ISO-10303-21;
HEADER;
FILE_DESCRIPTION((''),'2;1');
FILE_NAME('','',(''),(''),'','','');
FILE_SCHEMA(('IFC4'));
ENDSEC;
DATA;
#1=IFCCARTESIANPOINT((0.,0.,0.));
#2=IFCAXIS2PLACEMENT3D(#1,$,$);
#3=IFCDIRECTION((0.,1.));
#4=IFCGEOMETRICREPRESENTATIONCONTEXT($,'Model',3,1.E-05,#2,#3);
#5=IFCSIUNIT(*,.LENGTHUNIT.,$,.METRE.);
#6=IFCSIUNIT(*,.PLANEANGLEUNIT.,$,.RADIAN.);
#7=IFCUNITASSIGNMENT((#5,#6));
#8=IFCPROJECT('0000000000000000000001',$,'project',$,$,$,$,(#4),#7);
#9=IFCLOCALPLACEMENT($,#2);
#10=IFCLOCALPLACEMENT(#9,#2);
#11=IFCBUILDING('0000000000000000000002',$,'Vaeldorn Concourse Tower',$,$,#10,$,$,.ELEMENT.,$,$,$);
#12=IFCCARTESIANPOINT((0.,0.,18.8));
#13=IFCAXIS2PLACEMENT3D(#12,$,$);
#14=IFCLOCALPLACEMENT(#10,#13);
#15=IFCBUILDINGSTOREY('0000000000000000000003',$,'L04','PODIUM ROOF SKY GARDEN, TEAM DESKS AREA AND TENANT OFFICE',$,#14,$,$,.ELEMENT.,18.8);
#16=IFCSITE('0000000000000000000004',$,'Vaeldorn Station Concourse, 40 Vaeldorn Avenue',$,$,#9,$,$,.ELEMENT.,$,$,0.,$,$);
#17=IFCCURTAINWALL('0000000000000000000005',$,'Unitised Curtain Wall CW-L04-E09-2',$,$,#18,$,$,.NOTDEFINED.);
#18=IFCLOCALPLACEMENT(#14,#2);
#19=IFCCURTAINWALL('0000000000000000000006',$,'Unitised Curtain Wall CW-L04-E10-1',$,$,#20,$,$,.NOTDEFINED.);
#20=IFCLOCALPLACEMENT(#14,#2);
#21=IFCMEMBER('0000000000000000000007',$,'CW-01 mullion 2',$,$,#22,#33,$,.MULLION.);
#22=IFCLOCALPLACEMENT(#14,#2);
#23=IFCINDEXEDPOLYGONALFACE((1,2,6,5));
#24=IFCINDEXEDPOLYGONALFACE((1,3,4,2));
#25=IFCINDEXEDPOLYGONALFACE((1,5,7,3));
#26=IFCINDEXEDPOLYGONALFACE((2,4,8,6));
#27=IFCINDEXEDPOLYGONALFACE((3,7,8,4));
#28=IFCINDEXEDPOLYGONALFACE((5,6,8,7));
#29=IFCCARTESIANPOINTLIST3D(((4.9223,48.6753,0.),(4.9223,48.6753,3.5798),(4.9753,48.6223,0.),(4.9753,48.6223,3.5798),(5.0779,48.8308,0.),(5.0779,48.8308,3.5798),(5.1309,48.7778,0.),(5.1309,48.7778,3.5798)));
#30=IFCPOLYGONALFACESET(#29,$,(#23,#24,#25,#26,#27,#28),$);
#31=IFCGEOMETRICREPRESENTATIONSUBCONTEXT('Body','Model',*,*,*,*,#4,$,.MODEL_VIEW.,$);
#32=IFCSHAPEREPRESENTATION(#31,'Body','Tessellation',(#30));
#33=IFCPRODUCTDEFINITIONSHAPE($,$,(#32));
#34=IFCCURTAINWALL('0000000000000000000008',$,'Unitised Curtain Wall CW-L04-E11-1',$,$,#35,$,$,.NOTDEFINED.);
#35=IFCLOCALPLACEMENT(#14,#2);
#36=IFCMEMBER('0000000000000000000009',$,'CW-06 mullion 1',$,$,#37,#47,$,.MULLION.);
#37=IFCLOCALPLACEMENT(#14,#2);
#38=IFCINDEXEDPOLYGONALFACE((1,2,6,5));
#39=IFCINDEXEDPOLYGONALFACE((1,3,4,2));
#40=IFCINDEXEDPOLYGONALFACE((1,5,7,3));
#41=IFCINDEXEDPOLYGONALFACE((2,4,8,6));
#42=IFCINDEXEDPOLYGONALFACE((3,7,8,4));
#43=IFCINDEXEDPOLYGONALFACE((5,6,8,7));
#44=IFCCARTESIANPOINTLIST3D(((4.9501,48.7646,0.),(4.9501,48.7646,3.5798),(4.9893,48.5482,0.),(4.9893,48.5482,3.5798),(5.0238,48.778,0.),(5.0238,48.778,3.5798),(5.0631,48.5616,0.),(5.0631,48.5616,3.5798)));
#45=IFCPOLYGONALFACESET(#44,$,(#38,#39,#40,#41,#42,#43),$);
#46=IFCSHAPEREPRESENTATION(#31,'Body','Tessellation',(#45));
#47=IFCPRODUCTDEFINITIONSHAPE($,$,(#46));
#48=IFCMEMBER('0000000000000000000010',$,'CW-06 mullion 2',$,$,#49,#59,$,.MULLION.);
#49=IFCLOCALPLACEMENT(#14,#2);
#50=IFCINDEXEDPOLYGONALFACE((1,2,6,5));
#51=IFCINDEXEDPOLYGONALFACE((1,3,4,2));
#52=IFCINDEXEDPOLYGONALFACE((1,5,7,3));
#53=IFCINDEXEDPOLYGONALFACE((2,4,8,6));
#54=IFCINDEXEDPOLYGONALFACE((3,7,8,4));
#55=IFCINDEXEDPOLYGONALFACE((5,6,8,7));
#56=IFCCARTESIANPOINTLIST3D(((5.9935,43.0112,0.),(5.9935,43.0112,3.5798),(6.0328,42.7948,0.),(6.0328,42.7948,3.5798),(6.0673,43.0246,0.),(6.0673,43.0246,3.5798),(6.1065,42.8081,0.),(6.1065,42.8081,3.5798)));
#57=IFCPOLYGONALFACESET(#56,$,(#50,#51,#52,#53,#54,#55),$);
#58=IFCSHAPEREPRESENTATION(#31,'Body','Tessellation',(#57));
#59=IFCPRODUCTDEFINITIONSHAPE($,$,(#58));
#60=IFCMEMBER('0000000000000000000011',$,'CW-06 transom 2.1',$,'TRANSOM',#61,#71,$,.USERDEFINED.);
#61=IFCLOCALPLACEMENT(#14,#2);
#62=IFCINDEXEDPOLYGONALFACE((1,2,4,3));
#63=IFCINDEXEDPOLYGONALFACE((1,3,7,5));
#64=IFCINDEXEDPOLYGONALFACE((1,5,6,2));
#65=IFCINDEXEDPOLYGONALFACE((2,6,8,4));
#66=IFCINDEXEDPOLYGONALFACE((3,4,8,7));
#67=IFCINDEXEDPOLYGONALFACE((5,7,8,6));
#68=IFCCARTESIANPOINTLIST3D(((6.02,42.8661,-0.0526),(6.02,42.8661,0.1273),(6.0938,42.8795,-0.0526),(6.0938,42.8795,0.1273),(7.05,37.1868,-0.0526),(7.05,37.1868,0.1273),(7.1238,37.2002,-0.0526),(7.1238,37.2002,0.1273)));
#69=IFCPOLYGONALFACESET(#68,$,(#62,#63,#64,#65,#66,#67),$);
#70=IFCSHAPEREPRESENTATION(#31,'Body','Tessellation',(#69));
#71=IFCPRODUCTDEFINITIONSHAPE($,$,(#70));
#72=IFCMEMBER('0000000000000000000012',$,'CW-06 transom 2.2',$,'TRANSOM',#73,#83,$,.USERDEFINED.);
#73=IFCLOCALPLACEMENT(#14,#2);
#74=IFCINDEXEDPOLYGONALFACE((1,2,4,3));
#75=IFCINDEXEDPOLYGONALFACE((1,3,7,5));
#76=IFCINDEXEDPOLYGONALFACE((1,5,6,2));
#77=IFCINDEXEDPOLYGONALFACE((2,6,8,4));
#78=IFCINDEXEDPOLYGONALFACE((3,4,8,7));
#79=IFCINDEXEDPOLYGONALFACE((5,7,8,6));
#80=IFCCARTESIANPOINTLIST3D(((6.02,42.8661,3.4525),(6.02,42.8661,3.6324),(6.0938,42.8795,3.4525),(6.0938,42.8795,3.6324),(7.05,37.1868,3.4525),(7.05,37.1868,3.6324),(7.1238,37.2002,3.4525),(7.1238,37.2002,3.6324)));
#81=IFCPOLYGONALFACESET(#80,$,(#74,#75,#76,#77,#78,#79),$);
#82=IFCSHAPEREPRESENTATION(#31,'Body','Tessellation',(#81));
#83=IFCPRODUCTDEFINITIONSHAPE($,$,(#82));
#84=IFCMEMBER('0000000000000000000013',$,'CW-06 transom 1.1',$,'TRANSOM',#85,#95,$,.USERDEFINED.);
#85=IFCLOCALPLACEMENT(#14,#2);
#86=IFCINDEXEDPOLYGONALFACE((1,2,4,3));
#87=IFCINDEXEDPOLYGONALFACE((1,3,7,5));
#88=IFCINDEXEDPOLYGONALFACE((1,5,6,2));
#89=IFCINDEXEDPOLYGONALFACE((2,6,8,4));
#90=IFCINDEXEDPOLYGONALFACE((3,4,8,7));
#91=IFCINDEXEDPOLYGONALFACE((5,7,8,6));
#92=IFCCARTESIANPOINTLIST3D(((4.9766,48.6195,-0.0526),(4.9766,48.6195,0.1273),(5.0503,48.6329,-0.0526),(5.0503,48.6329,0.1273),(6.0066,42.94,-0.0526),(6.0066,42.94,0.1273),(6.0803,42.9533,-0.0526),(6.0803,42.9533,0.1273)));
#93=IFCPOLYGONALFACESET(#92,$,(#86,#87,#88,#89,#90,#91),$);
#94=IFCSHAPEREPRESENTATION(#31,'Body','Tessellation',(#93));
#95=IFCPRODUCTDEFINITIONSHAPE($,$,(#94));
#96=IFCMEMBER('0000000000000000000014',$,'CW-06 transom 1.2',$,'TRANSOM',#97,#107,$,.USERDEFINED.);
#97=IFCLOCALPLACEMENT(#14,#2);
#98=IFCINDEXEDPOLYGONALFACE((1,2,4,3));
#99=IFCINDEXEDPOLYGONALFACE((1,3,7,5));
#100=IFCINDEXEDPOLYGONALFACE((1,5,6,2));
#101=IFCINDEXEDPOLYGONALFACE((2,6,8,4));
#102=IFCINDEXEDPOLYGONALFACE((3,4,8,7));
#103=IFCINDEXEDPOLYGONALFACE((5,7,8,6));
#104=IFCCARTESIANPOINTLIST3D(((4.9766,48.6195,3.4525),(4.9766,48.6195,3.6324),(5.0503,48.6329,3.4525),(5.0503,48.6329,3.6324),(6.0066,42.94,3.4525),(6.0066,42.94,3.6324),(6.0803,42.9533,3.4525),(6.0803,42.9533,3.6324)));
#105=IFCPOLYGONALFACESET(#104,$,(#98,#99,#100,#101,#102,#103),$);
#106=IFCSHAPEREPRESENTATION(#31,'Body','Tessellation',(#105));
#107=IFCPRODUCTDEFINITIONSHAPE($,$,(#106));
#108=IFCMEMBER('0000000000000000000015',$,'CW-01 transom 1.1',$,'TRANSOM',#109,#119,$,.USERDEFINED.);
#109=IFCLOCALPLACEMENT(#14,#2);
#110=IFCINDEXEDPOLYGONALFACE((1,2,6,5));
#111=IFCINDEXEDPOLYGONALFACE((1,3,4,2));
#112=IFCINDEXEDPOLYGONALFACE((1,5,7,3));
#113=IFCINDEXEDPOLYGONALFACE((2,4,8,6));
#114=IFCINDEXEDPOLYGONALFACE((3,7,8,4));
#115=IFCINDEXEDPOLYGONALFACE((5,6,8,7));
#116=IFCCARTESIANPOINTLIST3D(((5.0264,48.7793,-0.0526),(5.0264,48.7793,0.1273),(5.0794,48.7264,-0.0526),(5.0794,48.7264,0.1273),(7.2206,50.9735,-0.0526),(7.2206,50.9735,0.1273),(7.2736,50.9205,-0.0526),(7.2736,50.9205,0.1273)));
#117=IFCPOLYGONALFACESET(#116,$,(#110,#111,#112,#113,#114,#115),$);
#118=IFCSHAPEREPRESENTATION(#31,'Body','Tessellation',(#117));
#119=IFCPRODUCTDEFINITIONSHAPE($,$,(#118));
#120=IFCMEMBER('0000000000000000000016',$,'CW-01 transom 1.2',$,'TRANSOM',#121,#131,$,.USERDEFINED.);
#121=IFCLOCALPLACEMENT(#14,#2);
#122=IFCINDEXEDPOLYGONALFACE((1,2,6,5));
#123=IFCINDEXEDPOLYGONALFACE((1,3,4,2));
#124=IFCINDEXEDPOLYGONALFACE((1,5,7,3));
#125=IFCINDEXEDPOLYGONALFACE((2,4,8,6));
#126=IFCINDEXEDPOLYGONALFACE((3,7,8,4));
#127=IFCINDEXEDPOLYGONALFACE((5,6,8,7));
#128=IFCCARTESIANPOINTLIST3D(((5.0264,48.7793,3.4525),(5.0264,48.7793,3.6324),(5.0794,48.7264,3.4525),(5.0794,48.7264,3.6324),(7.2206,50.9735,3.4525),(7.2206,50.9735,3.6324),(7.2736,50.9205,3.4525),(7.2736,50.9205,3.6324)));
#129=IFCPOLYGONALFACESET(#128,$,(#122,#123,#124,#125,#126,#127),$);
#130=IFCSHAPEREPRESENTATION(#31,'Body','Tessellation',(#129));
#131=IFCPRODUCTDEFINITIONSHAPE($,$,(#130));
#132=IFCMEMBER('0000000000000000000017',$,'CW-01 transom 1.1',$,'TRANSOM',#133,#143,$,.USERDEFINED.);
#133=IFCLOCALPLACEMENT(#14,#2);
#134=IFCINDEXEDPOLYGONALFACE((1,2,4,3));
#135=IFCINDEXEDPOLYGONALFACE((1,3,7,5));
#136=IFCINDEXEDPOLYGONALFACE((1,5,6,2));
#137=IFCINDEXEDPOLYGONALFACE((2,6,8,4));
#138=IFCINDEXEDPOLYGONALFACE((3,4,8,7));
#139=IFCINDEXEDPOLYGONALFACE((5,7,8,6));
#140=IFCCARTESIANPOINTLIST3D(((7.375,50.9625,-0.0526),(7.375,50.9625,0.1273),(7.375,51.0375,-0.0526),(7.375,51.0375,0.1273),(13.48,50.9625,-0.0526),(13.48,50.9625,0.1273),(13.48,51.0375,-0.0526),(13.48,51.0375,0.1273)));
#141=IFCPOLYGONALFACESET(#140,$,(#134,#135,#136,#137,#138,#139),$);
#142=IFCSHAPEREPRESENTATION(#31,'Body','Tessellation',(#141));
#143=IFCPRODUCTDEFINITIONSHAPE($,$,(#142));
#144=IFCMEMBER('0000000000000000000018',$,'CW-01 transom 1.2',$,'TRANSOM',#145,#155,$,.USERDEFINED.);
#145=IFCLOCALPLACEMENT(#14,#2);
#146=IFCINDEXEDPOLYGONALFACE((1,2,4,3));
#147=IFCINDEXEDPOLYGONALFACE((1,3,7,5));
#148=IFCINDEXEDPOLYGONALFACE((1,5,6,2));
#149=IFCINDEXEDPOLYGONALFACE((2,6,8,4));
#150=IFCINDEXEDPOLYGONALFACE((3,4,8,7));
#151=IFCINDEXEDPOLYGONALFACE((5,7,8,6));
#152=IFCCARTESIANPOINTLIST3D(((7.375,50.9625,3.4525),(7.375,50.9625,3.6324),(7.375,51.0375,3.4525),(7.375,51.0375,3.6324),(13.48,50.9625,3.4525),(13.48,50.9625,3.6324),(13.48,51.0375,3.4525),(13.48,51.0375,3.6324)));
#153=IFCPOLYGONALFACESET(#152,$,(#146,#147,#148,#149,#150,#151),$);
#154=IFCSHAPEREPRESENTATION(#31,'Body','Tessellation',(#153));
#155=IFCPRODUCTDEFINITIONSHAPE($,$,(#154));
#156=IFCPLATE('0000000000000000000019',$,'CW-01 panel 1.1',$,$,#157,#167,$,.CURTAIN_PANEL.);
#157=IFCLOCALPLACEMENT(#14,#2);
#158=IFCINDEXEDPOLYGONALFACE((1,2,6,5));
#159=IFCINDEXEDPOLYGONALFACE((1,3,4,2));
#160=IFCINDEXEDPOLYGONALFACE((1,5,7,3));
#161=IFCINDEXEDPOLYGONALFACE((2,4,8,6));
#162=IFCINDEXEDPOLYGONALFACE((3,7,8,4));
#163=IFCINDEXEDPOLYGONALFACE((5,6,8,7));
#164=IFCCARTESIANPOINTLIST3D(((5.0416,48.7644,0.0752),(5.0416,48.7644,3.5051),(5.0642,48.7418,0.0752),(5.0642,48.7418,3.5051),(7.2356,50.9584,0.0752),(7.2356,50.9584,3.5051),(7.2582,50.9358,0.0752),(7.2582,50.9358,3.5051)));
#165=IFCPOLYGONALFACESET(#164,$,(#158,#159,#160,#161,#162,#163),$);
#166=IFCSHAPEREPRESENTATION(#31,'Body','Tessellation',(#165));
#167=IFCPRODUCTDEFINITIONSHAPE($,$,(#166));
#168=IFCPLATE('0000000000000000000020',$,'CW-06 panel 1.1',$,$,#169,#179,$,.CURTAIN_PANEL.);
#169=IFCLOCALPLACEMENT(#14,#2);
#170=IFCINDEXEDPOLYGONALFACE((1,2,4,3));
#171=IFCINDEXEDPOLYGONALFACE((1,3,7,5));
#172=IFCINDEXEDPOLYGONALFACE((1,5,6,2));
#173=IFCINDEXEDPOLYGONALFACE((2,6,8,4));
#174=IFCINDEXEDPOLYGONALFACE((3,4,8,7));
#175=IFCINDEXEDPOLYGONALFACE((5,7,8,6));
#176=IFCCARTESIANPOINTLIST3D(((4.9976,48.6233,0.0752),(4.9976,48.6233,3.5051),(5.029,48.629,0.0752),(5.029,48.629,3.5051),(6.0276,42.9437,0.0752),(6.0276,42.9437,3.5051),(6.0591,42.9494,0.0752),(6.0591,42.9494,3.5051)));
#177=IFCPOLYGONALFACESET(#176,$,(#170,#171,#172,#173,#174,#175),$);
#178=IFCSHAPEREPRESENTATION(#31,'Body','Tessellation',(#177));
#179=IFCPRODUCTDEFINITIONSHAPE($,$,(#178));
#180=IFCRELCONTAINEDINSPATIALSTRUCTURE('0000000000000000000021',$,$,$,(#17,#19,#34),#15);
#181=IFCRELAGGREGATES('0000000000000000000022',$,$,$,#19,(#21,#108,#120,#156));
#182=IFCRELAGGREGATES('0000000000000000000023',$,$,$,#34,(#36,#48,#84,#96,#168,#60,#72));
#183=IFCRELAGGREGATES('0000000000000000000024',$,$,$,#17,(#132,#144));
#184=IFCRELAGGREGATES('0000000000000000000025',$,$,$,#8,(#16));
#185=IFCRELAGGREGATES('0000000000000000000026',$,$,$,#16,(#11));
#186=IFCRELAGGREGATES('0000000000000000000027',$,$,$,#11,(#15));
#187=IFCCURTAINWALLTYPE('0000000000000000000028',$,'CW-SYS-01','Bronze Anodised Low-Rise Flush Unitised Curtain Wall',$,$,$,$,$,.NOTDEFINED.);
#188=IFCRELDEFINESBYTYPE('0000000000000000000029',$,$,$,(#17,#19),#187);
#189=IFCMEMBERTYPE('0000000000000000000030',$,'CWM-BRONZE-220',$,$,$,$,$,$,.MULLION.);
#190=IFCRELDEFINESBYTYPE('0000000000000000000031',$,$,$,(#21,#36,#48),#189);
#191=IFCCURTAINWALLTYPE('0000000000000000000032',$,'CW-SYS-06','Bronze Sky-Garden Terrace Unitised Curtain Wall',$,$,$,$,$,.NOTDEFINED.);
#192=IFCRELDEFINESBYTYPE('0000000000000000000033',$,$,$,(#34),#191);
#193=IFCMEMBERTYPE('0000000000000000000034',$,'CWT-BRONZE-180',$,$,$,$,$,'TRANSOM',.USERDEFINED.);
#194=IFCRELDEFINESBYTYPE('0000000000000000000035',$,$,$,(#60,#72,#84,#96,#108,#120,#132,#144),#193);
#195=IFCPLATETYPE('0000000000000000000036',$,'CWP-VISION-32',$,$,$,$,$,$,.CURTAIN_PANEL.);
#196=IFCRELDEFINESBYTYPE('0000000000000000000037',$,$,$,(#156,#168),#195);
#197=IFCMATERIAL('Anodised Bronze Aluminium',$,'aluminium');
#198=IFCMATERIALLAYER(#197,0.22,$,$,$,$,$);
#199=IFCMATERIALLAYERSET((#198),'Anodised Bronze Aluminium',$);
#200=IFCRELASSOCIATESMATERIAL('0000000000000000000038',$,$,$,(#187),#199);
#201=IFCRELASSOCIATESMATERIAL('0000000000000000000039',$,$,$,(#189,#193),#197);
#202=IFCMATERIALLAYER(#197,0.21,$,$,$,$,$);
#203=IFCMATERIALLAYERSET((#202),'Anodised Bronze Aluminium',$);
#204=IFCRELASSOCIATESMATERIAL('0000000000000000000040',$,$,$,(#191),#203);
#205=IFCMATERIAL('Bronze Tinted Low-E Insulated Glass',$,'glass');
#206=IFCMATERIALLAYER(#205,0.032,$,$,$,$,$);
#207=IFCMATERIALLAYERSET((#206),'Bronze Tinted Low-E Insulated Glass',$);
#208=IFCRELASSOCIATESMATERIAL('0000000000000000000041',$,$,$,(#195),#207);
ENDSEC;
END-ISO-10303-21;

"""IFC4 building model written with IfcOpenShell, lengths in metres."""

from ifc_helpers import new_model, si_unit, direction, frame, origin, origin_2d, place, context, subcontext, project, spatial, rectangle, extrude, source, transform, mapped, material, layer, layer_set, material_profile, profile_set, type_object, element, aggregate, save


model = new_model("IFC4")

# Units and contexts
model_context = context("Model", 3, precision=1e-05, world=origin(), true_north=direction((0.0, 1.0)))
body_context = subcontext(model_context, "Body", "Model", "MODEL_VIEW")
ifc_project = project(units=[si_unit("LENGTHUNIT", "METRE"), si_unit("PLANEANGLEUNIT", "RADIAN")], contexts=[model_context])

# Site, building, storey
site_placement = place(None, origin())
site = spatial("IfcSite", under=ifc_project, at=site_placement, Name="Vaeldorn Station Concourse, 40 Vaeldorn Avenue", CompositionType="ELEMENT", RefElevation=0.0)
building_placement = place(site_placement, origin())
building = spatial("IfcBuilding", under=site, at=building_placement, Name="Vaeldorn Concourse Tower", CompositionType="ELEMENT")
storey_placement = place(building_placement, frame((0.0, 0.0, 18.8)))
storey = spatial("IfcBuildingStorey", under=building, at=storey_placement, Name="L04", Description="PODIUM ROOF SKY GARDEN, TEAM DESKS AREA AND TENANT OFFICE", CompositionType="ELEMENT", Elevation=18.8)

# Curtain walls, members
ifc_material_1 = material(Name="Anodised Bronze Aluminium", Category="aluminium")
ifc_layer_1 = layer(ifc_material_1, 0.22)
ifc_layer_set_1 = layer_set([ifc_layer_1], Name="Anodised Bronze Aluminium")
curtain_wall_type_1 = type_object("IfcCurtainWallType", Name="CW-SYS-01", Description="Bronze Anodised Low-Rise Flush Unitised Curtain Wall", PredefinedType="NOTDEFINED", material=ifc_layer_set_1)
curtain_wall_1_placement = place(storey_placement, origin())
curtain_wall_1 = element("IfcCurtainWall", 1, at=curtain_wall_1_placement, inside=storey, type_object=curtain_wall_type_1, Name="Unitised Curtain Wall CW-L04-E09-2", PredefinedType="NOTDEFINED")
ifc_material_profile_1 = material_profile(ifc_material_1, rectangle(XDim=0.075, YDim=0.22, at=origin_2d()), Name="CWM 75x220")
ifc_profile_set_1 = profile_set([ifc_material_profile_1], Name="Anodised Bronze Aluminium")
member_type_1 = type_object("IfcMemberType", Name="CWM-BRONZE-220", PredefinedType="MULLION", material=ifc_profile_set_1)
shared_shape_1 = source(origin(), body_context, "Body", "SweptSolid", [
    extrude(rectangle(XDim=0.075, YDim=0.22, at=origin_2d()), origin(), (0.0, 0.0, 1.0), 3.5798),
])
curtain_wall_2_placement = place(storey_placement, origin())
curtain_wall_2 = element("IfcCurtainWall", 2, at=curtain_wall_2_placement, inside=storey, type_object=curtain_wall_type_1, Name="Unitised Curtain Wall CW-L04-E10-1", PredefinedType="NOTDEFINED")
member_1_placement = place(storey_placement, frame((5.0266, 48.7266, 0.0), z_axis=(0.0, 0.0, 1.0), x_axis=(0.707107, -0.707107, 0.0)))
member_1 = element("IfcMember", 3, at=member_1_placement, type_object=member_type_1, Name="CW-01 mullion 2", PredefinedType="MULLION", context=body_context, shape_type="MappedRepresentation", body=[
    mapped(shared_shape_1, transform((0.0, 0.0, 0.0), scale=1.0)),
])
ifc_layer_2 = layer(ifc_material_1, 0.21)
ifc_layer_set_2 = layer_set([ifc_layer_2], Name="Anodised Bronze Aluminium")
curtain_wall_type_2 = type_object("IfcCurtainWallType", Name="CW-SYS-06", Description="Bronze Sky-Garden Terrace Unitised Curtain Wall", PredefinedType="NOTDEFINED", material=ifc_layer_set_2)
curtain_wall_3_placement = place(storey_placement, origin())
curtain_wall_3 = element("IfcCurtainWall", 4, at=curtain_wall_3_placement, inside=storey, type_object=curtain_wall_type_2, Name="Unitised Curtain Wall CW-L04-E11-1", PredefinedType="NOTDEFINED")
member_2_placement = place(storey_placement, frame((5.0066, 48.6631, 0.0), z_axis=(0.0, 0.0, 1.0), x_axis=(0.98395, 0.178446, 0.0)))
member_2 = element("IfcMember", 5, at=member_2_placement, type_object=member_type_1, Name="CW-06 mullion 1", PredefinedType="MULLION", context=body_context, shape_type="MappedRepresentation", body=[
    mapped(shared_shape_1, transform((0.0, 0.0, 0.0), scale=1.0)),
])
member_3_placement = place(storey_placement, frame((6.05, 42.9097, 0.0), z_axis=(0.0, 0.0, 1.0), x_axis=(0.98395, 0.178446, 0.0)))
member_3 = element("IfcMember", 6, at=member_3_placement, type_object=member_type_1, Name="CW-06 mullion 2", PredefinedType="MULLION", context=body_context, shape_type="MappedRepresentation", body=[
    mapped(shared_shape_1, transform((0.0, 0.0, 0.0), scale=1.0)),
])
ifc_material_profile_2 = material_profile(ifc_material_1, rectangle(XDim=0.075, YDim=0.1799, at=origin_2d()), Name="CWT 75x180")
ifc_profile_set_2 = profile_set([ifc_material_profile_2], Name="Anodised Bronze Aluminium")
member_type_2 = type_object("IfcMemberType", Name="CWT-BRONZE-180", ElementType="TRANSOM", PredefinedType="USERDEFINED", material=ifc_profile_set_2)
shared_shape_2 = source(origin(), body_context, "Body", "SweptSolid", [
    extrude(rectangle(XDim=0.075, YDim=0.1799, at=origin_2d()), origin(), (0.0, 0.0, 1.0), 5.772),
])
member_4_placement = place(storey_placement, frame((6.0569, 42.8728, 0.0374), z_axis=(0.17845, -0.983949, 0.0), x_axis=(0.983949, 0.17845, 0.0)))
member_4 = element("IfcMember", 7, at=member_4_placement, type_object=member_type_2, Name="CW-06 transom 2.1", ObjectType="TRANSOM", PredefinedType="USERDEFINED", context=body_context, shape_type="MappedRepresentation", body=[
    mapped(shared_shape_2, transform((0.0, 0.0, 0.0), scale=1.0)),
])
member_5_placement = place(storey_placement, frame((6.0569, 42.8728, 3.5425), z_axis=(0.17845, -0.983949, 0.0), x_axis=(0.983949, 0.17845, 0.0)))
member_5 = element("IfcMember", 8, at=member_5_placement, type_object=member_type_2, Name="CW-06 transom 2.2", ObjectType="TRANSOM", PredefinedType="USERDEFINED", context=body_context, shape_type="MappedRepresentation", body=[
    mapped(shared_shape_2, transform((0.0, 0.0, 0.0), scale=1.0)),
])
shared_shape_3 = source(origin(), body_context, "Body", "SweptSolid", [
    extrude(rectangle(XDim=0.075, YDim=0.1799, at=origin_2d()), origin(), (0.0, 0.0, 1.0), 5.7722),
])
member_6_placement = place(storey_placement, frame((5.0134, 48.6262, 0.0374), z_axis=(0.178443, -0.98395, 0.0), x_axis=(0.98395, 0.178443, 0.0)))
member_6 = element("IfcMember", 9, at=member_6_placement, type_object=member_type_2, Name="CW-06 transom 1.1", ObjectType="TRANSOM", PredefinedType="USERDEFINED", context=body_context, shape_type="MappedRepresentation", body=[
    mapped(shared_shape_3, transform((0.0, 0.0, 0.0), scale=1.0)),
])
member_7_placement = place(storey_placement, frame((5.0134, 48.6262, 3.5425), z_axis=(0.178443, -0.98395, 0.0), x_axis=(0.98395, 0.178443, 0.0)))
member_7 = element("IfcMember", 10, at=member_7_placement, type_object=member_type_2, Name="CW-06 transom 1.2", ObjectType="TRANSOM", PredefinedType="USERDEFINED", context=body_context, shape_type="MappedRepresentation", body=[
    mapped(shared_shape_3, transform((0.0, 0.0, 0.0), scale=1.0)),
])

# Members
shared_shape_4 = source(origin(), body_context, "Body", "SweptSolid", [
    extrude(rectangle(XDim=0.075, YDim=0.1799, at=origin_2d()), origin(), (0.0, 0.0, 1.0), 3.103),
])
member_8_placement = place(storey_placement, frame((7.2471, 50.947, 0.0374), z_axis=(-0.707107, -0.707107, 0.0), x_axis=(0.707107, -0.707107, 0.0)))
member_8 = element("IfcMember", 11, at=member_8_placement, type_object=member_type_2, Name="CW-01 transom 1.1", ObjectType="TRANSOM", PredefinedType="USERDEFINED", context=body_context, shape_type="MappedRepresentation", body=[
    mapped(shared_shape_4, transform((0.0, 0.0, 0.0), scale=1.0)),
])
member_9_placement = place(storey_placement, frame((7.2471, 50.947, 3.5425), z_axis=(-0.707107, -0.707107, 0.0), x_axis=(0.707107, -0.707107, 0.0)))
member_9 = element("IfcMember", 12, at=member_9_placement, type_object=member_type_2, Name="CW-01 transom 1.2", ObjectType="TRANSOM", PredefinedType="USERDEFINED", context=body_context, shape_type="MappedRepresentation", body=[
    mapped(shared_shape_4, transform((0.0, 0.0, 0.0), scale=1.0)),
])
shared_shape_5 = source(origin(), body_context, "Body", "SweptSolid", [
    extrude(rectangle(XDim=0.075, YDim=0.1799, at=origin_2d()), origin(), (0.0, 0.0, 1.0), 6.105),
])
member_10_placement = place(storey_placement, frame((13.48, 51.0, 0.0374), z_axis=(-1.0, 0.0, 0.0), x_axis=(0.0, -1.0, 0.0)))
member_10 = element("IfcMember", 13, at=member_10_placement, type_object=member_type_2, Name="CW-01 transom 1.1", ObjectType="TRANSOM", PredefinedType="USERDEFINED", context=body_context, shape_type="MappedRepresentation", body=[
    mapped(shared_shape_5, transform((0.0, 0.0, 0.0), scale=1.0)),
])
member_11_placement = place(storey_placement, frame((13.48, 51.0, 3.5425), z_axis=(-1.0, 0.0, 0.0), x_axis=(0.0, -1.0, 0.0)))
member_11 = element("IfcMember", 14, at=member_11_placement, type_object=member_type_2, Name="CW-01 transom 1.2", ObjectType="TRANSOM", PredefinedType="USERDEFINED", context=body_context, shape_type="MappedRepresentation", body=[
    mapped(shared_shape_5, transform((0.0, 0.0, 0.0), scale=1.0)),
])

# Plates
ifc_material_2 = material(Name="Bronze Tinted Low-E Insulated Glass", Category="glass")
ifc_layer_3 = layer(ifc_material_2, 0.032)
ifc_layer_set_3 = layer_set([ifc_layer_3], Name="Bronze Tinted Low-E Insulated Glass")
plate_type = type_object("IfcPlateType", Name="CWP-VISION-32", PredefinedType="CURTAIN_PANEL", material=ifc_layer_set_3)
shared_shape_6 = source(origin(), body_context, "Body", "SweptSolid", [
    extrude(rectangle(XDim=3.1028, YDim=0.032, at=origin_2d()), origin(), (0.0, 0.0, 1.0), 3.4299),
])
plate_1_placement = place(storey_placement, frame((6.1499, 49.8501, 0.0752), z_axis=(0.0, 0.0, 1.0), x_axis=(-0.707107, -0.707107, 0.0)))
plate_1 = element("IfcPlate", 15, at=plate_1_placement, type_object=plate_type, Name="CW-01 panel 1.1", PredefinedType="CURTAIN_PANEL", context=body_context, shape_type="MappedRepresentation", body=[
    mapped(shared_shape_6, transform((0.0, 0.0, 0.0), scale=1.0)),
])
aggregate(curtain_wall_2, [member_1, member_8, member_9, plate_1])
shared_shape_7 = source(origin(), body_context, "Body", "SweptSolid", [
    extrude(rectangle(XDim=5.7722, YDim=0.032, at=origin_2d()), origin(), (0.0, 0.0, 1.0), 3.4299),
])
plate_2_placement = place(storey_placement, frame((5.5283, 45.7864, 0.0752), z_axis=(0.0, 0.0, 1.0), x_axis=(0.178446, -0.98395, 0.0)))
plate_2 = element("IfcPlate", 16, at=plate_2_placement, type_object=plate_type, Name="CW-06 panel 1.1", PredefinedType="CURTAIN_PANEL", context=body_context, shape_type="MappedRepresentation", body=[
    mapped(shared_shape_7, transform((0.0, 0.0, 0.0), scale=1.0)),
])
aggregate(curtain_wall_3, [member_2, member_3, member_6, member_7, plate_2, member_4, member_5])
aggregate(curtain_wall_1, [member_10, member_11])

save(model, "model.ifc")
